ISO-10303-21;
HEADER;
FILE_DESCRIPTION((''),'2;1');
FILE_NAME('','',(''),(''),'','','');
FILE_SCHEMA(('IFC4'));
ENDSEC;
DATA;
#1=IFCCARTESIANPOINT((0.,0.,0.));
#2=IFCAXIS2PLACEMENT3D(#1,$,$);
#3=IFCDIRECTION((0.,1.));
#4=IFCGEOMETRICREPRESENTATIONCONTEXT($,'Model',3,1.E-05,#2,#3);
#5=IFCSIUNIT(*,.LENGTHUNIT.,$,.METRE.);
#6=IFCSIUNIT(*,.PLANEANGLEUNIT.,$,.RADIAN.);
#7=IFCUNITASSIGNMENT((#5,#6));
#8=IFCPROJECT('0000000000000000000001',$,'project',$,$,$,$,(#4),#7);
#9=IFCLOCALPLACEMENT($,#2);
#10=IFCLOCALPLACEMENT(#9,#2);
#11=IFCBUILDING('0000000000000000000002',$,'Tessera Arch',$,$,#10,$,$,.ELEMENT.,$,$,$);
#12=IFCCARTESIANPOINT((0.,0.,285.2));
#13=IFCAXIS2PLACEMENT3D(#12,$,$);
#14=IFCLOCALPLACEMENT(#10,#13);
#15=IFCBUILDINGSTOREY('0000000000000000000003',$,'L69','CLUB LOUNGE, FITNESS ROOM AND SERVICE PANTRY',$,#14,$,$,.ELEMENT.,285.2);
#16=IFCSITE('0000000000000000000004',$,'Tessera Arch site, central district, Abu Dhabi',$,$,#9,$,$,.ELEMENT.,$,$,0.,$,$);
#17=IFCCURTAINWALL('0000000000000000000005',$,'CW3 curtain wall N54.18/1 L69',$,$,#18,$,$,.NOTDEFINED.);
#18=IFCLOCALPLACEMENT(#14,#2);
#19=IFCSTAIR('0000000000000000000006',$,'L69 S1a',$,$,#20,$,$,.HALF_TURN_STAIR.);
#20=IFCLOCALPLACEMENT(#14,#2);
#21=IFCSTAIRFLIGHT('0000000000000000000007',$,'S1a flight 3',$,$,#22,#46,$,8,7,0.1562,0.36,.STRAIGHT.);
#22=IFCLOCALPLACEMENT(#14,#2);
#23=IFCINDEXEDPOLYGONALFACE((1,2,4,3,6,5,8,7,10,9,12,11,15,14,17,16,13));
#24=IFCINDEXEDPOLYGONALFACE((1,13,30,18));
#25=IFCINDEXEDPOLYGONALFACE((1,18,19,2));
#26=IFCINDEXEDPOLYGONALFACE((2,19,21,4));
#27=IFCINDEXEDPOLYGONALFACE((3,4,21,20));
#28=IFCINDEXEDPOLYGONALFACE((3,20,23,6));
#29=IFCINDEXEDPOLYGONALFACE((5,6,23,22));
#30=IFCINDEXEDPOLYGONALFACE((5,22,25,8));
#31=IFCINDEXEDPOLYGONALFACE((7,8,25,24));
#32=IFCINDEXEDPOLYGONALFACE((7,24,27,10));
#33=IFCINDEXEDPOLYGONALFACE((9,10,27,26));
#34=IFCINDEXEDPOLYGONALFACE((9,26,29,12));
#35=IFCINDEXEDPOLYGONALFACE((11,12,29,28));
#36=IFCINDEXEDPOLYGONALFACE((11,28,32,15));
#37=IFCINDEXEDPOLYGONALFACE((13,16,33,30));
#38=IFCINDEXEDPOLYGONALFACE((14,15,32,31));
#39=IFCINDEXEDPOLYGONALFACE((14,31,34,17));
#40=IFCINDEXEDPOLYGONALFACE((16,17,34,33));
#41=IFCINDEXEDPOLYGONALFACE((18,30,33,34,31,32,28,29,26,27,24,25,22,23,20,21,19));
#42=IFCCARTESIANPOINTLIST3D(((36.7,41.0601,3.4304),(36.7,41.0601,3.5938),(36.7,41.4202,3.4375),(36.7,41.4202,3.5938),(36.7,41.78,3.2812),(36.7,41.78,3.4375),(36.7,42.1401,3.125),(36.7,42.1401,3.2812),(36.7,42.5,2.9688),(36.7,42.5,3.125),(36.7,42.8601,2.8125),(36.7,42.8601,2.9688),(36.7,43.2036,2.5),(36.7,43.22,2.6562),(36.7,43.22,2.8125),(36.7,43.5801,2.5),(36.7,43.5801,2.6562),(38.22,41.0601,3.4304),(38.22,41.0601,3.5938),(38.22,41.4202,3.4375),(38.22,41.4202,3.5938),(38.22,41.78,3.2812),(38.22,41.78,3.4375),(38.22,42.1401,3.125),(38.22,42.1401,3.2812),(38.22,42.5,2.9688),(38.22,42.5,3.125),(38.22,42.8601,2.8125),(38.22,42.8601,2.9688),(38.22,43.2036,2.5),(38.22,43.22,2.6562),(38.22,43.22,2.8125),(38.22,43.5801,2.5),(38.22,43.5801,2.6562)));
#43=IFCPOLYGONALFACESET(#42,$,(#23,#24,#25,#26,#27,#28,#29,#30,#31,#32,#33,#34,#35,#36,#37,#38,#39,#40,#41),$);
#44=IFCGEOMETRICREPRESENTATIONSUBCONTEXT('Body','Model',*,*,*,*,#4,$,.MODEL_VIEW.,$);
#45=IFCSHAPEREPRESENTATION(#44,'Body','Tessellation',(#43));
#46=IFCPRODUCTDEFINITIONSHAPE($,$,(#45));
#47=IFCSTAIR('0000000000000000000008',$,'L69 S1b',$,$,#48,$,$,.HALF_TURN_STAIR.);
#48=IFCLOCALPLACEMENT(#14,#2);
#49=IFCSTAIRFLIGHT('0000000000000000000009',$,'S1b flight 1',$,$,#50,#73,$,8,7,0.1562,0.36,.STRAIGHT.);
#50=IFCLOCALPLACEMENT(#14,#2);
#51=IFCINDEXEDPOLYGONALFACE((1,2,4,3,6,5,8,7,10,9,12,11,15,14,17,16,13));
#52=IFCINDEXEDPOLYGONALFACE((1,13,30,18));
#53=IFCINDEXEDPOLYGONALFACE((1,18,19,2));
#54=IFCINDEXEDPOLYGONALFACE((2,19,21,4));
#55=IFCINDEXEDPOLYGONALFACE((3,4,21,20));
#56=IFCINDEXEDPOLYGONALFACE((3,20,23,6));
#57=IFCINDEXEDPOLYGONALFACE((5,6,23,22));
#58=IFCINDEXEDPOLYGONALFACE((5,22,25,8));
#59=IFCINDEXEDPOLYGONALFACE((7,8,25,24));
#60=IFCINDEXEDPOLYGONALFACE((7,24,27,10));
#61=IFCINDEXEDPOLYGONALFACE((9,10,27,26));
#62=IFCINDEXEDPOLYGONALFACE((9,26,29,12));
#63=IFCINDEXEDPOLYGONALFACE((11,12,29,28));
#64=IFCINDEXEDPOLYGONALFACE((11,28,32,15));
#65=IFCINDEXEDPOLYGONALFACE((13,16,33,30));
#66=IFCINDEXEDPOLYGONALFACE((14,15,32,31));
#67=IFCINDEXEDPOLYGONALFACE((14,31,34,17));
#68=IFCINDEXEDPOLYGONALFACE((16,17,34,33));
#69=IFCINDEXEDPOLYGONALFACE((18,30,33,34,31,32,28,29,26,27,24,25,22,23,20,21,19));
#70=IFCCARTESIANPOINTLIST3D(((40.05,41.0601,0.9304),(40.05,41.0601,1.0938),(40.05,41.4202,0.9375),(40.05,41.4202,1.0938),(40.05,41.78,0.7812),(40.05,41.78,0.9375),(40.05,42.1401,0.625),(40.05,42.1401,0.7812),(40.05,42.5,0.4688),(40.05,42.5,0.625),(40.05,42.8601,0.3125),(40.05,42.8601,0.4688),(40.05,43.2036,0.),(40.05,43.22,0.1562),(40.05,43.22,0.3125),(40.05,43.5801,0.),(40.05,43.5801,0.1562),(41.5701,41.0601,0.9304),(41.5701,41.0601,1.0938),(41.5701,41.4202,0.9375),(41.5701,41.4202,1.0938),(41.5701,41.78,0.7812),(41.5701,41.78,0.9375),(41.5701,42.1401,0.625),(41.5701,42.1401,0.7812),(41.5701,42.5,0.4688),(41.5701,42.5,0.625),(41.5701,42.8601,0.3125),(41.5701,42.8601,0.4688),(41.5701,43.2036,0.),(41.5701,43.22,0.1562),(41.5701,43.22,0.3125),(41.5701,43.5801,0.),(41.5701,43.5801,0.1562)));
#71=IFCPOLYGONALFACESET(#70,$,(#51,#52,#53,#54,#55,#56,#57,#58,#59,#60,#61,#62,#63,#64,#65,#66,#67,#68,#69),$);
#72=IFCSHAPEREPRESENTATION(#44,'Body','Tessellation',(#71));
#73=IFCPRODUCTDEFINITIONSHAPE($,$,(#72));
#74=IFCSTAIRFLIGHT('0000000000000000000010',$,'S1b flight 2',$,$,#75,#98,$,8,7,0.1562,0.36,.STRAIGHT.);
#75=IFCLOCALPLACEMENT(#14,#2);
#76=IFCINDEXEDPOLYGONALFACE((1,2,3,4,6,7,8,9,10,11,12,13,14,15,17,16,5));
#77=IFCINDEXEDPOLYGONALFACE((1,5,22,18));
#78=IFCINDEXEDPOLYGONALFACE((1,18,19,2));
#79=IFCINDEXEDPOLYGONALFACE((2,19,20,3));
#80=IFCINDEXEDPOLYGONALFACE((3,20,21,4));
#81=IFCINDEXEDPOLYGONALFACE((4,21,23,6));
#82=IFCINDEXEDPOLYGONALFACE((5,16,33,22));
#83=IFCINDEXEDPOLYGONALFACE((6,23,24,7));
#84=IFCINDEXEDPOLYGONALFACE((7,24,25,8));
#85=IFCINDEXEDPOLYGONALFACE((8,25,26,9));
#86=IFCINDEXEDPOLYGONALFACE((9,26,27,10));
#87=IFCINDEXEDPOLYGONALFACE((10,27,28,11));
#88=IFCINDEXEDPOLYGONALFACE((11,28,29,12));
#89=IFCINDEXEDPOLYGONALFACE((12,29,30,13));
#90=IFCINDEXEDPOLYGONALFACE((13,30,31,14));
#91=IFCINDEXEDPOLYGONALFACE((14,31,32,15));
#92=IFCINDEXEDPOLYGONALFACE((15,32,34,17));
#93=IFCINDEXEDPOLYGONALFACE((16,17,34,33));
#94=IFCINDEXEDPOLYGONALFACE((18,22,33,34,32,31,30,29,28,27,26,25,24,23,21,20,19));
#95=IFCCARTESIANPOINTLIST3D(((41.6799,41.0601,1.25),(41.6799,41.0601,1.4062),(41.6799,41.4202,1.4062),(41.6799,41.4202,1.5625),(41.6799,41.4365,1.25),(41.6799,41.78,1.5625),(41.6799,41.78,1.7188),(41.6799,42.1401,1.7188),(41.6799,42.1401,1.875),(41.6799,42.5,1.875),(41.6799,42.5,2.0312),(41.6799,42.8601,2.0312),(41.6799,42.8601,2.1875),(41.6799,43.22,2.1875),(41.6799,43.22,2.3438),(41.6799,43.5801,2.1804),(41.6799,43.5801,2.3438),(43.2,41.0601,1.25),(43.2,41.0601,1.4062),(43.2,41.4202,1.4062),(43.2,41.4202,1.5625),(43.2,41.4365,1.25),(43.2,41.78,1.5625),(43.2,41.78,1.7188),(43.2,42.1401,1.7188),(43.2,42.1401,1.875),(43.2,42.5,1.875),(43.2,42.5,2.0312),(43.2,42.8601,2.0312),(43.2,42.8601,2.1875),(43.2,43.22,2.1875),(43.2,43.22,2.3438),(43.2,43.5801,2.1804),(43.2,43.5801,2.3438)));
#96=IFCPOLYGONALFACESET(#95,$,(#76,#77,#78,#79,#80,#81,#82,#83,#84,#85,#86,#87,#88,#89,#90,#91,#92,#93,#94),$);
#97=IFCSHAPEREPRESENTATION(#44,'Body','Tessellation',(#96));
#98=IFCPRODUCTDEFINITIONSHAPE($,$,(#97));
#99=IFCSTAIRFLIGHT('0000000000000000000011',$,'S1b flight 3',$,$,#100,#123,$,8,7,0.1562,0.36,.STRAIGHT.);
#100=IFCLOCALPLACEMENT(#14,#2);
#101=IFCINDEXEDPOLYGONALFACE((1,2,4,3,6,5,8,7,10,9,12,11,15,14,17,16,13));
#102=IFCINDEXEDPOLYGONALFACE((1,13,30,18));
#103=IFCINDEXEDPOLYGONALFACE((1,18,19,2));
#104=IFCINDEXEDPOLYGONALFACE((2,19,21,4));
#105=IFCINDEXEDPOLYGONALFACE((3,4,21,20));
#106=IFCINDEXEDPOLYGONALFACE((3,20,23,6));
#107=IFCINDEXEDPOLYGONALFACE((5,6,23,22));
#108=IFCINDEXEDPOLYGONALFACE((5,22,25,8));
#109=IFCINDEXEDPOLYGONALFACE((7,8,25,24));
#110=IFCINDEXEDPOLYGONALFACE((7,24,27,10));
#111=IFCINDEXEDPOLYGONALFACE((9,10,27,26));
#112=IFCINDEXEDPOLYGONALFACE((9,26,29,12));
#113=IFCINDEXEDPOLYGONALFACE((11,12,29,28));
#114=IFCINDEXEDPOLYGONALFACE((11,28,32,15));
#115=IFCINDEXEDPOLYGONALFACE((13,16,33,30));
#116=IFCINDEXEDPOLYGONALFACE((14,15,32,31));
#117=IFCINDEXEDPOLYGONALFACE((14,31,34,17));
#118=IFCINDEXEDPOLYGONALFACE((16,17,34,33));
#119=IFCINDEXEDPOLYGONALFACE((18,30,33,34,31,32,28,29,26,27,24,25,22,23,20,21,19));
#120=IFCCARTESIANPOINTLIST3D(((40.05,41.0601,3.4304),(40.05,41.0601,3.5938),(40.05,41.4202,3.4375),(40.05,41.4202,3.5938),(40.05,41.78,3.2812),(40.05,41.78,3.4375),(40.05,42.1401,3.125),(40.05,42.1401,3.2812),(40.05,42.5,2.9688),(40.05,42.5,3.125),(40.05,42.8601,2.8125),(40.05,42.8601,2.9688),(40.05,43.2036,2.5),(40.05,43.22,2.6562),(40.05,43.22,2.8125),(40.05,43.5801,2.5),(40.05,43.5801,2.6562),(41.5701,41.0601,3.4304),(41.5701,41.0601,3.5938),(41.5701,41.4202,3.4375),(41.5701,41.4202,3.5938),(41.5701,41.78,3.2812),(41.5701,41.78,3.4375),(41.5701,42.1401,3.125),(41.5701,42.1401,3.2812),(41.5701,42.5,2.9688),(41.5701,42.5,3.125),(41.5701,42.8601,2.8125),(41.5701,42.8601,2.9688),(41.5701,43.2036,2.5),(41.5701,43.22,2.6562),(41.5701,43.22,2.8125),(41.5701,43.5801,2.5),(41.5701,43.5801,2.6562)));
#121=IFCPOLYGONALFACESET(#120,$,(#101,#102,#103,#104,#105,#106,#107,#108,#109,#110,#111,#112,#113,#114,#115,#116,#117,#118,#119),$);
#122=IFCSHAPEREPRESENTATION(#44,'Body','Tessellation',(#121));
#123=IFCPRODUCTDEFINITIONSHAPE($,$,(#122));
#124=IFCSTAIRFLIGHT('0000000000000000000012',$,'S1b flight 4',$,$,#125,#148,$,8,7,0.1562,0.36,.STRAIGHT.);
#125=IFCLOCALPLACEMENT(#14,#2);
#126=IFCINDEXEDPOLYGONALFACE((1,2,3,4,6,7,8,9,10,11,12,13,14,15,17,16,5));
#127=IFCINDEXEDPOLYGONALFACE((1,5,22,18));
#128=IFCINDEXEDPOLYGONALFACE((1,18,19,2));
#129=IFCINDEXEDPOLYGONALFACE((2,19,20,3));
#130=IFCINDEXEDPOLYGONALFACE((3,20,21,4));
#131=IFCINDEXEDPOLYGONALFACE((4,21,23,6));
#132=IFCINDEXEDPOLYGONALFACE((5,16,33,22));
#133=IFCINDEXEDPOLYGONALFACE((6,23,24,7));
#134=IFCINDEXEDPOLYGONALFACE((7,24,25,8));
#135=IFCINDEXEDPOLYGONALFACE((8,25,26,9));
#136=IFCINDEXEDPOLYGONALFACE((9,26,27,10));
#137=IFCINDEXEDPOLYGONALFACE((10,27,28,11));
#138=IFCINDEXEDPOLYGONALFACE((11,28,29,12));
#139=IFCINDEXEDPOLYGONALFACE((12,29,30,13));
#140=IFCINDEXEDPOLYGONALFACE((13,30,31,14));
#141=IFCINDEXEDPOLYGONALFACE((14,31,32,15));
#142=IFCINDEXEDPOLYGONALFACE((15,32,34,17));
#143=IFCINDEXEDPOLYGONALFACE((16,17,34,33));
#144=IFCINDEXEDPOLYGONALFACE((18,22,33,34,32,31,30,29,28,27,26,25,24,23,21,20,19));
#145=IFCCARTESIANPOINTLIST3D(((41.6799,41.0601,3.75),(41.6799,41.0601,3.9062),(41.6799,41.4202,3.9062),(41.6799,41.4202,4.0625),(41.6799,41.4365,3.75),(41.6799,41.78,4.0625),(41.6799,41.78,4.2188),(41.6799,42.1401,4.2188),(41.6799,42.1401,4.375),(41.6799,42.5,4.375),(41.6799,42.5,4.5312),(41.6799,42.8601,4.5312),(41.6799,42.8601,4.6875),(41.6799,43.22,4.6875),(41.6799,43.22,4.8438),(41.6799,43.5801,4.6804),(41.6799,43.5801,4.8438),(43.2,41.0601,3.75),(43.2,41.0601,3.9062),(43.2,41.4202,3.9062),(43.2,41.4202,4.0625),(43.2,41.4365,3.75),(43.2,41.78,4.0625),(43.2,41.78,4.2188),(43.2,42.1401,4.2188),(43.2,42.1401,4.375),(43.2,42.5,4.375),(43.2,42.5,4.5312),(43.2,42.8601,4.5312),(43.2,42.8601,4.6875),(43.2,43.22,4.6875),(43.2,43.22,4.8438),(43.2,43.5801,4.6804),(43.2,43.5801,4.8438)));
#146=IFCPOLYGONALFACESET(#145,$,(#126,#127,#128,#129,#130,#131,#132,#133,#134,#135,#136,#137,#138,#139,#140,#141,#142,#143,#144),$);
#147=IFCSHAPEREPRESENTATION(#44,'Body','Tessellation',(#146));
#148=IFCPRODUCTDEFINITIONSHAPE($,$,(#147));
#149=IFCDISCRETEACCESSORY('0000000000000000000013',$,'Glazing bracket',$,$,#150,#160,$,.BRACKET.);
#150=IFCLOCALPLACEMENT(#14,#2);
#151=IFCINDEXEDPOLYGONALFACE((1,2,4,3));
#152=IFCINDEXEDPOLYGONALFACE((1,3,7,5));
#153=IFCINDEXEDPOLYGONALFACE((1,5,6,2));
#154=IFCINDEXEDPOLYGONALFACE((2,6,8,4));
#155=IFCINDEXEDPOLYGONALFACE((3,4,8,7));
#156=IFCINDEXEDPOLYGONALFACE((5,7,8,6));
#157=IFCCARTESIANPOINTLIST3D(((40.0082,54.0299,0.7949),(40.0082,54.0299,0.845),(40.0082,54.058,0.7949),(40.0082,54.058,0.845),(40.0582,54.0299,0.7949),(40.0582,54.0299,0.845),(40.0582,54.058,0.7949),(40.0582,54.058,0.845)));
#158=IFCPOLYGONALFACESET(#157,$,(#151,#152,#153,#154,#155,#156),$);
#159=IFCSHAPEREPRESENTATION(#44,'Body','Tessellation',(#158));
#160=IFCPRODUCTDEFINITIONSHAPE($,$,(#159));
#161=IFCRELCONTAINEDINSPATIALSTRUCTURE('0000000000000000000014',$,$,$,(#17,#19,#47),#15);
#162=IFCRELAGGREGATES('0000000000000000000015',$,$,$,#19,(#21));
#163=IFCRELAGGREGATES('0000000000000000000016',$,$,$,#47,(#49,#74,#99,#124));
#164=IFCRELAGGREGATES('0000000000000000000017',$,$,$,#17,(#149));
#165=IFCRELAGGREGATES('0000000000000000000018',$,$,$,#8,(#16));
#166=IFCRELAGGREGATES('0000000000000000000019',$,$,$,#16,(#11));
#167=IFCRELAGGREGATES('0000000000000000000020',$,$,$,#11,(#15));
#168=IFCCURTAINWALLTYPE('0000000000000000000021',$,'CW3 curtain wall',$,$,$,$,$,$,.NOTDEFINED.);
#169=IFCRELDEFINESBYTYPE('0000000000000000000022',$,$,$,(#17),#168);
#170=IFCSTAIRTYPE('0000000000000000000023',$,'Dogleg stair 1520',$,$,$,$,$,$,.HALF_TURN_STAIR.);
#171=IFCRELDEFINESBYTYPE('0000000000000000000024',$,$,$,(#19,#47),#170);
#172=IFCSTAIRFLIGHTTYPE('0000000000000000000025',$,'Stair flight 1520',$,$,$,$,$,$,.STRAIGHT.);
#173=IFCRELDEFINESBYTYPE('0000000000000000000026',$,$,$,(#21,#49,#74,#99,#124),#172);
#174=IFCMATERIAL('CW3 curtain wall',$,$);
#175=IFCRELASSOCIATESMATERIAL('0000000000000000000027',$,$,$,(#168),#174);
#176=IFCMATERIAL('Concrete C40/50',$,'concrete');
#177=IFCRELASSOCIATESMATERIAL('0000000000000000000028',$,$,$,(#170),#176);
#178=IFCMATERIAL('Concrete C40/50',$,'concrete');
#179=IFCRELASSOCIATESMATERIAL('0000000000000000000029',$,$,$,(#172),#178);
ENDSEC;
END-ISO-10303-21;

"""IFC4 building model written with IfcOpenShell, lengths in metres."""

from ifc_helpers import new_model, si_unit, direction, frame, origin, origin_2d, place, context, subcontext, project, spatial, polyline, rectangle, outline, extrude, material, type_object, element, aggregate, save


model = new_model("IFC4")

# Units and contexts
model_context = context("Model", 3, precision=1e-05, world=origin(), true_north=direction((0.0, 1.0)))
body_context = subcontext(model_context, "Body", "Model", "MODEL_VIEW")
ifc_project = project(units=[si_unit("LENGTHUNIT", "METRE"), si_unit("PLANEANGLEUNIT", "RADIAN")], contexts=[model_context])

# Site, building, storey
site_placement = place(None, origin())
site = spatial("IfcSite", under=ifc_project, at=site_placement, Name="Tessera Arch site, central district, Abu Dhabi", CompositionType="ELEMENT", RefElevation=0.0)
building_placement = place(site_placement, origin())
building = spatial("IfcBuilding", under=site, at=building_placement, Name="Tessera Arch", CompositionType="ELEMENT")
storey_placement = place(building_placement, frame((0.0, 0.0, 285.2)))
storey = spatial("IfcBuildingStorey", under=building, at=storey_placement, Name="L69", Description="CLUB LOUNGE, FITNESS ROOM AND SERVICE PANTRY", CompositionType="ELEMENT", Elevation=285.2)

# Curtain wall
ifc_material_1 = material(Name="CW3 curtain wall")
curtain_wall_type = type_object("IfcCurtainWallType", Name="CW3 curtain wall", PredefinedType="NOTDEFINED", material=ifc_material_1)
curtain_wall_placement = place(storey_placement, origin())
curtain_wall = element("IfcCurtainWall", 1, at=curtain_wall_placement, inside=storey, type_object=curtain_wall_type, Name="CW3 curtain wall N54.18/1 L69", PredefinedType="NOTDEFINED")

# Stairs, stair flights
ifc_material_2 = material(Name="Concrete C40/50", Category="concrete")
stair_type = type_object("IfcStairType", Name="Dogleg stair 1520", PredefinedType="HALF_TURN_STAIR", material=ifc_material_2)
stair_1_placement = place(storey_placement, origin())
stair_1 = element("IfcStair", 2, at=stair_1_placement, inside=storey, type_object=stair_type, Name="L69 S1a", PredefinedType="HALF_TURN_STAIR")
ifc_material_3 = material(Name="Concrete C40/50", Category="concrete")
stair_flight_type = type_object("IfcStairFlightType", Name="Stair flight 1520", PredefinedType="STRAIGHT", material=ifc_material_3)
stair_flight_1_placement = place(storey_placement, frame((37.46, 43.5801, 2.5), z_axis=(0.0, 0.0, 1.0), x_axis=(0.0, -1.0, 0.0)))
stair_flight_1 = element("IfcStairFlight", 3, at=stair_flight_1_placement, type_object=stair_flight_type, Name="S1a flight 3", NumberOfRisers=8, NumberOfTreads=7, PredefinedType="STRAIGHT", RiserHeight=0.1562, TreadLength=0.36, context=body_context, shape_type="SweptSolid", body=[
    extrude(outline(polyline([(0.0, 0.0), (0.0, 0.1562), (0.3601, 0.1562), (0.3601, 0.3125), (0.72, 0.3125), (0.72, 0.4688), (1.0801, 0.4688), (1.0801, 0.625), (1.4399, 0.625), (1.4399, 0.7812), (1.8, 0.7812), (1.8, 0.9375), (2.1599, 0.9375), (2.1599, 1.0938), (2.52, 1.0938), (2.52, 1.25), (2.52, 0.9304), (0.3765, 0.0), (0.0, 0.0)])), frame((0.0, 0.76, 0.0), z_axis=(0.0, -1.0, 0.0), x_axis=(1.0, 0.0, 0.0)), (0.0, 0.0, 1.0), 1.52),
])
aggregate(stair_1, [stair_flight_1])
stair_2_placement = place(storey_placement, origin())
stair_2 = element("IfcStair", 4, at=stair_2_placement, inside=storey, type_object=stair_type, Name="L69 S1b", PredefinedType="HALF_TURN_STAIR")
stair_flight_2_placement = place(storey_placement, frame((40.8101, 43.5801, 0.0), z_axis=(0.0, 0.0, 1.0), x_axis=(0.0, -1.0, 0.0)))
stair_flight_2 = element("IfcStairFlight", 5, at=stair_flight_2_placement, type_object=stair_flight_type, Name="S1b flight 1", NumberOfRisers=8, NumberOfTreads=7, PredefinedType="STRAIGHT", RiserHeight=0.1562, TreadLength=0.36, context=body_context, shape_type="SweptSolid", body=[
    extrude(outline(polyline([(0.0, 0.0), (0.0, 0.1562), (0.3601, 0.1562), (0.3601, 0.3125), (0.72, 0.3125), (0.72, 0.4688), (1.0801, 0.4688), (1.0801, 0.625), (1.4399, 0.625), (1.4399, 0.7812), (1.8, 0.7812), (1.8, 0.9375), (2.1599, 0.9375), (2.1599, 1.0938), (2.52, 1.0938), (2.52, 1.25), (2.52, 0.9304), (0.3765, 0.0), (0.0, 0.0)])), frame((0.0, 0.76, 0.0), z_axis=(0.0, -1.0, 0.0), x_axis=(1.0, 0.0, 0.0)), (0.0, 0.0, 1.0), 1.52),
])
stair_flight_3_placement = place(storey_placement, frame((42.4399, 41.0601, 1.25), z_axis=(0.0, 0.0, 1.0), x_axis=(0.0, 1.0, 0.0)))
stair_flight_3 = element("IfcStairFlight", 6, at=stair_flight_3_placement, type_object=stair_flight_type, Name="S1b flight 2", NumberOfRisers=8, NumberOfTreads=7, PredefinedType="STRAIGHT", RiserHeight=0.1562, TreadLength=0.36, context=body_context, shape_type="SweptSolid", body=[
    extrude(outline(polyline([(0.0, 0.0), (0.0, 0.1562), (0.3601, 0.1562), (0.3601, 0.3125), (0.72, 0.3125), (0.72, 0.4688), (1.0801, 0.4688), (1.0801, 0.625), (1.4399, 0.625), (1.4399, 0.7812), (1.8, 0.7812), (1.8, 0.9375), (2.1599, 0.9375), (2.1599, 1.0938), (2.52, 1.0938), (2.52, 1.25), (2.52, 0.9304), (0.3765, 0.0), (0.0, 0.0)])), frame((0.0, 0.76, 0.0), z_axis=(0.0, -1.0, 0.0), x_axis=(1.0, 0.0, 0.0)), (0.0, 0.0, 1.0), 1.52),
])
stair_flight_4_placement = place(storey_placement, frame((40.8101, 43.5801, 2.5), z_axis=(0.0, 0.0, 1.0), x_axis=(0.0, -1.0, 0.0)))
stair_flight_4 = element("IfcStairFlight", 7, at=stair_flight_4_placement, type_object=stair_flight_type, Name="S1b flight 3", NumberOfRisers=8, NumberOfTreads=7, PredefinedType="STRAIGHT", RiserHeight=0.1562, TreadLength=0.36, context=body_context, shape_type="SweptSolid", body=[
    extrude(outline(polyline([(0.0, 0.0), (0.0, 0.1562), (0.3601, 0.1562), (0.3601, 0.3125), (0.72, 0.3125), (0.72, 0.4688), (1.0801, 0.4688), (1.0801, 0.625), (1.4399, 0.625), (1.4399, 0.7812), (1.8, 0.7812), (1.8, 0.9375), (2.1599, 0.9375), (2.1599, 1.0938), (2.52, 1.0938), (2.52, 1.25), (2.52, 0.9304), (0.3765, 0.0), (0.0, 0.0)])), frame((0.0, 0.76, 0.0), z_axis=(0.0, -1.0, 0.0), x_axis=(1.0, 0.0, 0.0)), (0.0, 0.0, 1.0), 1.52),
])
stair_flight_5_placement = place(storey_placement, frame((42.4399, 41.0601, 3.75), z_axis=(0.0, 0.0, 1.0), x_axis=(0.0, 1.0, 0.0)))
stair_flight_5 = element("IfcStairFlight", 8, at=stair_flight_5_placement, type_object=stair_flight_type, Name="S1b flight 4", NumberOfRisers=8, NumberOfTreads=7, PredefinedType="STRAIGHT", RiserHeight=0.1562, TreadLength=0.36, context=body_context, shape_type="SweptSolid", body=[
    extrude(outline(polyline([(0.0, 0.0), (0.0, 0.1562), (0.3601, 0.1562), (0.3601, 0.3125), (0.72, 0.3125), (0.72, 0.4688), (1.0801, 0.4688), (1.0801, 0.625), (1.4399, 0.625), (1.4399, 0.7812), (1.8, 0.7812), (1.8, 0.9375), (2.1599, 0.9375), (2.1599, 1.0938), (2.52, 1.0938), (2.52, 1.25), (2.52, 0.9304), (0.3765, 0.0), (0.0, 0.0)])), frame((0.0, 0.76, 0.0), z_axis=(0.0, -1.0, 0.0), x_axis=(1.0, 0.0, 0.0)), (0.0, 0.0, 1.0), 1.52),
])
aggregate(stair_2, [stair_flight_2, stair_flight_3, stair_flight_4, stair_flight_5])

# Discrete accessory
discrete_accessory_placement = place(storey_placement, frame((40.0332, 54.0439, 0.7949), z_axis=(0.0, 0.0, 1.0), x_axis=(-1.0, 0.0, 0.0)))
discrete_accessory = element("IfcDiscreteAccessory", 9, at=discrete_accessory_placement, Name="Glazing bracket", PredefinedType="BRACKET", context=body_context, shape_type="SweptSolid", body=[
    extrude(rectangle(XDim=0.05, YDim=0.0281, at=origin_2d()), origin(), (0.0, 0.0, 1.0), 0.05),
])
aggregate(curtain_wall, [discrete_accessory])

save(model, "model.ifc")
